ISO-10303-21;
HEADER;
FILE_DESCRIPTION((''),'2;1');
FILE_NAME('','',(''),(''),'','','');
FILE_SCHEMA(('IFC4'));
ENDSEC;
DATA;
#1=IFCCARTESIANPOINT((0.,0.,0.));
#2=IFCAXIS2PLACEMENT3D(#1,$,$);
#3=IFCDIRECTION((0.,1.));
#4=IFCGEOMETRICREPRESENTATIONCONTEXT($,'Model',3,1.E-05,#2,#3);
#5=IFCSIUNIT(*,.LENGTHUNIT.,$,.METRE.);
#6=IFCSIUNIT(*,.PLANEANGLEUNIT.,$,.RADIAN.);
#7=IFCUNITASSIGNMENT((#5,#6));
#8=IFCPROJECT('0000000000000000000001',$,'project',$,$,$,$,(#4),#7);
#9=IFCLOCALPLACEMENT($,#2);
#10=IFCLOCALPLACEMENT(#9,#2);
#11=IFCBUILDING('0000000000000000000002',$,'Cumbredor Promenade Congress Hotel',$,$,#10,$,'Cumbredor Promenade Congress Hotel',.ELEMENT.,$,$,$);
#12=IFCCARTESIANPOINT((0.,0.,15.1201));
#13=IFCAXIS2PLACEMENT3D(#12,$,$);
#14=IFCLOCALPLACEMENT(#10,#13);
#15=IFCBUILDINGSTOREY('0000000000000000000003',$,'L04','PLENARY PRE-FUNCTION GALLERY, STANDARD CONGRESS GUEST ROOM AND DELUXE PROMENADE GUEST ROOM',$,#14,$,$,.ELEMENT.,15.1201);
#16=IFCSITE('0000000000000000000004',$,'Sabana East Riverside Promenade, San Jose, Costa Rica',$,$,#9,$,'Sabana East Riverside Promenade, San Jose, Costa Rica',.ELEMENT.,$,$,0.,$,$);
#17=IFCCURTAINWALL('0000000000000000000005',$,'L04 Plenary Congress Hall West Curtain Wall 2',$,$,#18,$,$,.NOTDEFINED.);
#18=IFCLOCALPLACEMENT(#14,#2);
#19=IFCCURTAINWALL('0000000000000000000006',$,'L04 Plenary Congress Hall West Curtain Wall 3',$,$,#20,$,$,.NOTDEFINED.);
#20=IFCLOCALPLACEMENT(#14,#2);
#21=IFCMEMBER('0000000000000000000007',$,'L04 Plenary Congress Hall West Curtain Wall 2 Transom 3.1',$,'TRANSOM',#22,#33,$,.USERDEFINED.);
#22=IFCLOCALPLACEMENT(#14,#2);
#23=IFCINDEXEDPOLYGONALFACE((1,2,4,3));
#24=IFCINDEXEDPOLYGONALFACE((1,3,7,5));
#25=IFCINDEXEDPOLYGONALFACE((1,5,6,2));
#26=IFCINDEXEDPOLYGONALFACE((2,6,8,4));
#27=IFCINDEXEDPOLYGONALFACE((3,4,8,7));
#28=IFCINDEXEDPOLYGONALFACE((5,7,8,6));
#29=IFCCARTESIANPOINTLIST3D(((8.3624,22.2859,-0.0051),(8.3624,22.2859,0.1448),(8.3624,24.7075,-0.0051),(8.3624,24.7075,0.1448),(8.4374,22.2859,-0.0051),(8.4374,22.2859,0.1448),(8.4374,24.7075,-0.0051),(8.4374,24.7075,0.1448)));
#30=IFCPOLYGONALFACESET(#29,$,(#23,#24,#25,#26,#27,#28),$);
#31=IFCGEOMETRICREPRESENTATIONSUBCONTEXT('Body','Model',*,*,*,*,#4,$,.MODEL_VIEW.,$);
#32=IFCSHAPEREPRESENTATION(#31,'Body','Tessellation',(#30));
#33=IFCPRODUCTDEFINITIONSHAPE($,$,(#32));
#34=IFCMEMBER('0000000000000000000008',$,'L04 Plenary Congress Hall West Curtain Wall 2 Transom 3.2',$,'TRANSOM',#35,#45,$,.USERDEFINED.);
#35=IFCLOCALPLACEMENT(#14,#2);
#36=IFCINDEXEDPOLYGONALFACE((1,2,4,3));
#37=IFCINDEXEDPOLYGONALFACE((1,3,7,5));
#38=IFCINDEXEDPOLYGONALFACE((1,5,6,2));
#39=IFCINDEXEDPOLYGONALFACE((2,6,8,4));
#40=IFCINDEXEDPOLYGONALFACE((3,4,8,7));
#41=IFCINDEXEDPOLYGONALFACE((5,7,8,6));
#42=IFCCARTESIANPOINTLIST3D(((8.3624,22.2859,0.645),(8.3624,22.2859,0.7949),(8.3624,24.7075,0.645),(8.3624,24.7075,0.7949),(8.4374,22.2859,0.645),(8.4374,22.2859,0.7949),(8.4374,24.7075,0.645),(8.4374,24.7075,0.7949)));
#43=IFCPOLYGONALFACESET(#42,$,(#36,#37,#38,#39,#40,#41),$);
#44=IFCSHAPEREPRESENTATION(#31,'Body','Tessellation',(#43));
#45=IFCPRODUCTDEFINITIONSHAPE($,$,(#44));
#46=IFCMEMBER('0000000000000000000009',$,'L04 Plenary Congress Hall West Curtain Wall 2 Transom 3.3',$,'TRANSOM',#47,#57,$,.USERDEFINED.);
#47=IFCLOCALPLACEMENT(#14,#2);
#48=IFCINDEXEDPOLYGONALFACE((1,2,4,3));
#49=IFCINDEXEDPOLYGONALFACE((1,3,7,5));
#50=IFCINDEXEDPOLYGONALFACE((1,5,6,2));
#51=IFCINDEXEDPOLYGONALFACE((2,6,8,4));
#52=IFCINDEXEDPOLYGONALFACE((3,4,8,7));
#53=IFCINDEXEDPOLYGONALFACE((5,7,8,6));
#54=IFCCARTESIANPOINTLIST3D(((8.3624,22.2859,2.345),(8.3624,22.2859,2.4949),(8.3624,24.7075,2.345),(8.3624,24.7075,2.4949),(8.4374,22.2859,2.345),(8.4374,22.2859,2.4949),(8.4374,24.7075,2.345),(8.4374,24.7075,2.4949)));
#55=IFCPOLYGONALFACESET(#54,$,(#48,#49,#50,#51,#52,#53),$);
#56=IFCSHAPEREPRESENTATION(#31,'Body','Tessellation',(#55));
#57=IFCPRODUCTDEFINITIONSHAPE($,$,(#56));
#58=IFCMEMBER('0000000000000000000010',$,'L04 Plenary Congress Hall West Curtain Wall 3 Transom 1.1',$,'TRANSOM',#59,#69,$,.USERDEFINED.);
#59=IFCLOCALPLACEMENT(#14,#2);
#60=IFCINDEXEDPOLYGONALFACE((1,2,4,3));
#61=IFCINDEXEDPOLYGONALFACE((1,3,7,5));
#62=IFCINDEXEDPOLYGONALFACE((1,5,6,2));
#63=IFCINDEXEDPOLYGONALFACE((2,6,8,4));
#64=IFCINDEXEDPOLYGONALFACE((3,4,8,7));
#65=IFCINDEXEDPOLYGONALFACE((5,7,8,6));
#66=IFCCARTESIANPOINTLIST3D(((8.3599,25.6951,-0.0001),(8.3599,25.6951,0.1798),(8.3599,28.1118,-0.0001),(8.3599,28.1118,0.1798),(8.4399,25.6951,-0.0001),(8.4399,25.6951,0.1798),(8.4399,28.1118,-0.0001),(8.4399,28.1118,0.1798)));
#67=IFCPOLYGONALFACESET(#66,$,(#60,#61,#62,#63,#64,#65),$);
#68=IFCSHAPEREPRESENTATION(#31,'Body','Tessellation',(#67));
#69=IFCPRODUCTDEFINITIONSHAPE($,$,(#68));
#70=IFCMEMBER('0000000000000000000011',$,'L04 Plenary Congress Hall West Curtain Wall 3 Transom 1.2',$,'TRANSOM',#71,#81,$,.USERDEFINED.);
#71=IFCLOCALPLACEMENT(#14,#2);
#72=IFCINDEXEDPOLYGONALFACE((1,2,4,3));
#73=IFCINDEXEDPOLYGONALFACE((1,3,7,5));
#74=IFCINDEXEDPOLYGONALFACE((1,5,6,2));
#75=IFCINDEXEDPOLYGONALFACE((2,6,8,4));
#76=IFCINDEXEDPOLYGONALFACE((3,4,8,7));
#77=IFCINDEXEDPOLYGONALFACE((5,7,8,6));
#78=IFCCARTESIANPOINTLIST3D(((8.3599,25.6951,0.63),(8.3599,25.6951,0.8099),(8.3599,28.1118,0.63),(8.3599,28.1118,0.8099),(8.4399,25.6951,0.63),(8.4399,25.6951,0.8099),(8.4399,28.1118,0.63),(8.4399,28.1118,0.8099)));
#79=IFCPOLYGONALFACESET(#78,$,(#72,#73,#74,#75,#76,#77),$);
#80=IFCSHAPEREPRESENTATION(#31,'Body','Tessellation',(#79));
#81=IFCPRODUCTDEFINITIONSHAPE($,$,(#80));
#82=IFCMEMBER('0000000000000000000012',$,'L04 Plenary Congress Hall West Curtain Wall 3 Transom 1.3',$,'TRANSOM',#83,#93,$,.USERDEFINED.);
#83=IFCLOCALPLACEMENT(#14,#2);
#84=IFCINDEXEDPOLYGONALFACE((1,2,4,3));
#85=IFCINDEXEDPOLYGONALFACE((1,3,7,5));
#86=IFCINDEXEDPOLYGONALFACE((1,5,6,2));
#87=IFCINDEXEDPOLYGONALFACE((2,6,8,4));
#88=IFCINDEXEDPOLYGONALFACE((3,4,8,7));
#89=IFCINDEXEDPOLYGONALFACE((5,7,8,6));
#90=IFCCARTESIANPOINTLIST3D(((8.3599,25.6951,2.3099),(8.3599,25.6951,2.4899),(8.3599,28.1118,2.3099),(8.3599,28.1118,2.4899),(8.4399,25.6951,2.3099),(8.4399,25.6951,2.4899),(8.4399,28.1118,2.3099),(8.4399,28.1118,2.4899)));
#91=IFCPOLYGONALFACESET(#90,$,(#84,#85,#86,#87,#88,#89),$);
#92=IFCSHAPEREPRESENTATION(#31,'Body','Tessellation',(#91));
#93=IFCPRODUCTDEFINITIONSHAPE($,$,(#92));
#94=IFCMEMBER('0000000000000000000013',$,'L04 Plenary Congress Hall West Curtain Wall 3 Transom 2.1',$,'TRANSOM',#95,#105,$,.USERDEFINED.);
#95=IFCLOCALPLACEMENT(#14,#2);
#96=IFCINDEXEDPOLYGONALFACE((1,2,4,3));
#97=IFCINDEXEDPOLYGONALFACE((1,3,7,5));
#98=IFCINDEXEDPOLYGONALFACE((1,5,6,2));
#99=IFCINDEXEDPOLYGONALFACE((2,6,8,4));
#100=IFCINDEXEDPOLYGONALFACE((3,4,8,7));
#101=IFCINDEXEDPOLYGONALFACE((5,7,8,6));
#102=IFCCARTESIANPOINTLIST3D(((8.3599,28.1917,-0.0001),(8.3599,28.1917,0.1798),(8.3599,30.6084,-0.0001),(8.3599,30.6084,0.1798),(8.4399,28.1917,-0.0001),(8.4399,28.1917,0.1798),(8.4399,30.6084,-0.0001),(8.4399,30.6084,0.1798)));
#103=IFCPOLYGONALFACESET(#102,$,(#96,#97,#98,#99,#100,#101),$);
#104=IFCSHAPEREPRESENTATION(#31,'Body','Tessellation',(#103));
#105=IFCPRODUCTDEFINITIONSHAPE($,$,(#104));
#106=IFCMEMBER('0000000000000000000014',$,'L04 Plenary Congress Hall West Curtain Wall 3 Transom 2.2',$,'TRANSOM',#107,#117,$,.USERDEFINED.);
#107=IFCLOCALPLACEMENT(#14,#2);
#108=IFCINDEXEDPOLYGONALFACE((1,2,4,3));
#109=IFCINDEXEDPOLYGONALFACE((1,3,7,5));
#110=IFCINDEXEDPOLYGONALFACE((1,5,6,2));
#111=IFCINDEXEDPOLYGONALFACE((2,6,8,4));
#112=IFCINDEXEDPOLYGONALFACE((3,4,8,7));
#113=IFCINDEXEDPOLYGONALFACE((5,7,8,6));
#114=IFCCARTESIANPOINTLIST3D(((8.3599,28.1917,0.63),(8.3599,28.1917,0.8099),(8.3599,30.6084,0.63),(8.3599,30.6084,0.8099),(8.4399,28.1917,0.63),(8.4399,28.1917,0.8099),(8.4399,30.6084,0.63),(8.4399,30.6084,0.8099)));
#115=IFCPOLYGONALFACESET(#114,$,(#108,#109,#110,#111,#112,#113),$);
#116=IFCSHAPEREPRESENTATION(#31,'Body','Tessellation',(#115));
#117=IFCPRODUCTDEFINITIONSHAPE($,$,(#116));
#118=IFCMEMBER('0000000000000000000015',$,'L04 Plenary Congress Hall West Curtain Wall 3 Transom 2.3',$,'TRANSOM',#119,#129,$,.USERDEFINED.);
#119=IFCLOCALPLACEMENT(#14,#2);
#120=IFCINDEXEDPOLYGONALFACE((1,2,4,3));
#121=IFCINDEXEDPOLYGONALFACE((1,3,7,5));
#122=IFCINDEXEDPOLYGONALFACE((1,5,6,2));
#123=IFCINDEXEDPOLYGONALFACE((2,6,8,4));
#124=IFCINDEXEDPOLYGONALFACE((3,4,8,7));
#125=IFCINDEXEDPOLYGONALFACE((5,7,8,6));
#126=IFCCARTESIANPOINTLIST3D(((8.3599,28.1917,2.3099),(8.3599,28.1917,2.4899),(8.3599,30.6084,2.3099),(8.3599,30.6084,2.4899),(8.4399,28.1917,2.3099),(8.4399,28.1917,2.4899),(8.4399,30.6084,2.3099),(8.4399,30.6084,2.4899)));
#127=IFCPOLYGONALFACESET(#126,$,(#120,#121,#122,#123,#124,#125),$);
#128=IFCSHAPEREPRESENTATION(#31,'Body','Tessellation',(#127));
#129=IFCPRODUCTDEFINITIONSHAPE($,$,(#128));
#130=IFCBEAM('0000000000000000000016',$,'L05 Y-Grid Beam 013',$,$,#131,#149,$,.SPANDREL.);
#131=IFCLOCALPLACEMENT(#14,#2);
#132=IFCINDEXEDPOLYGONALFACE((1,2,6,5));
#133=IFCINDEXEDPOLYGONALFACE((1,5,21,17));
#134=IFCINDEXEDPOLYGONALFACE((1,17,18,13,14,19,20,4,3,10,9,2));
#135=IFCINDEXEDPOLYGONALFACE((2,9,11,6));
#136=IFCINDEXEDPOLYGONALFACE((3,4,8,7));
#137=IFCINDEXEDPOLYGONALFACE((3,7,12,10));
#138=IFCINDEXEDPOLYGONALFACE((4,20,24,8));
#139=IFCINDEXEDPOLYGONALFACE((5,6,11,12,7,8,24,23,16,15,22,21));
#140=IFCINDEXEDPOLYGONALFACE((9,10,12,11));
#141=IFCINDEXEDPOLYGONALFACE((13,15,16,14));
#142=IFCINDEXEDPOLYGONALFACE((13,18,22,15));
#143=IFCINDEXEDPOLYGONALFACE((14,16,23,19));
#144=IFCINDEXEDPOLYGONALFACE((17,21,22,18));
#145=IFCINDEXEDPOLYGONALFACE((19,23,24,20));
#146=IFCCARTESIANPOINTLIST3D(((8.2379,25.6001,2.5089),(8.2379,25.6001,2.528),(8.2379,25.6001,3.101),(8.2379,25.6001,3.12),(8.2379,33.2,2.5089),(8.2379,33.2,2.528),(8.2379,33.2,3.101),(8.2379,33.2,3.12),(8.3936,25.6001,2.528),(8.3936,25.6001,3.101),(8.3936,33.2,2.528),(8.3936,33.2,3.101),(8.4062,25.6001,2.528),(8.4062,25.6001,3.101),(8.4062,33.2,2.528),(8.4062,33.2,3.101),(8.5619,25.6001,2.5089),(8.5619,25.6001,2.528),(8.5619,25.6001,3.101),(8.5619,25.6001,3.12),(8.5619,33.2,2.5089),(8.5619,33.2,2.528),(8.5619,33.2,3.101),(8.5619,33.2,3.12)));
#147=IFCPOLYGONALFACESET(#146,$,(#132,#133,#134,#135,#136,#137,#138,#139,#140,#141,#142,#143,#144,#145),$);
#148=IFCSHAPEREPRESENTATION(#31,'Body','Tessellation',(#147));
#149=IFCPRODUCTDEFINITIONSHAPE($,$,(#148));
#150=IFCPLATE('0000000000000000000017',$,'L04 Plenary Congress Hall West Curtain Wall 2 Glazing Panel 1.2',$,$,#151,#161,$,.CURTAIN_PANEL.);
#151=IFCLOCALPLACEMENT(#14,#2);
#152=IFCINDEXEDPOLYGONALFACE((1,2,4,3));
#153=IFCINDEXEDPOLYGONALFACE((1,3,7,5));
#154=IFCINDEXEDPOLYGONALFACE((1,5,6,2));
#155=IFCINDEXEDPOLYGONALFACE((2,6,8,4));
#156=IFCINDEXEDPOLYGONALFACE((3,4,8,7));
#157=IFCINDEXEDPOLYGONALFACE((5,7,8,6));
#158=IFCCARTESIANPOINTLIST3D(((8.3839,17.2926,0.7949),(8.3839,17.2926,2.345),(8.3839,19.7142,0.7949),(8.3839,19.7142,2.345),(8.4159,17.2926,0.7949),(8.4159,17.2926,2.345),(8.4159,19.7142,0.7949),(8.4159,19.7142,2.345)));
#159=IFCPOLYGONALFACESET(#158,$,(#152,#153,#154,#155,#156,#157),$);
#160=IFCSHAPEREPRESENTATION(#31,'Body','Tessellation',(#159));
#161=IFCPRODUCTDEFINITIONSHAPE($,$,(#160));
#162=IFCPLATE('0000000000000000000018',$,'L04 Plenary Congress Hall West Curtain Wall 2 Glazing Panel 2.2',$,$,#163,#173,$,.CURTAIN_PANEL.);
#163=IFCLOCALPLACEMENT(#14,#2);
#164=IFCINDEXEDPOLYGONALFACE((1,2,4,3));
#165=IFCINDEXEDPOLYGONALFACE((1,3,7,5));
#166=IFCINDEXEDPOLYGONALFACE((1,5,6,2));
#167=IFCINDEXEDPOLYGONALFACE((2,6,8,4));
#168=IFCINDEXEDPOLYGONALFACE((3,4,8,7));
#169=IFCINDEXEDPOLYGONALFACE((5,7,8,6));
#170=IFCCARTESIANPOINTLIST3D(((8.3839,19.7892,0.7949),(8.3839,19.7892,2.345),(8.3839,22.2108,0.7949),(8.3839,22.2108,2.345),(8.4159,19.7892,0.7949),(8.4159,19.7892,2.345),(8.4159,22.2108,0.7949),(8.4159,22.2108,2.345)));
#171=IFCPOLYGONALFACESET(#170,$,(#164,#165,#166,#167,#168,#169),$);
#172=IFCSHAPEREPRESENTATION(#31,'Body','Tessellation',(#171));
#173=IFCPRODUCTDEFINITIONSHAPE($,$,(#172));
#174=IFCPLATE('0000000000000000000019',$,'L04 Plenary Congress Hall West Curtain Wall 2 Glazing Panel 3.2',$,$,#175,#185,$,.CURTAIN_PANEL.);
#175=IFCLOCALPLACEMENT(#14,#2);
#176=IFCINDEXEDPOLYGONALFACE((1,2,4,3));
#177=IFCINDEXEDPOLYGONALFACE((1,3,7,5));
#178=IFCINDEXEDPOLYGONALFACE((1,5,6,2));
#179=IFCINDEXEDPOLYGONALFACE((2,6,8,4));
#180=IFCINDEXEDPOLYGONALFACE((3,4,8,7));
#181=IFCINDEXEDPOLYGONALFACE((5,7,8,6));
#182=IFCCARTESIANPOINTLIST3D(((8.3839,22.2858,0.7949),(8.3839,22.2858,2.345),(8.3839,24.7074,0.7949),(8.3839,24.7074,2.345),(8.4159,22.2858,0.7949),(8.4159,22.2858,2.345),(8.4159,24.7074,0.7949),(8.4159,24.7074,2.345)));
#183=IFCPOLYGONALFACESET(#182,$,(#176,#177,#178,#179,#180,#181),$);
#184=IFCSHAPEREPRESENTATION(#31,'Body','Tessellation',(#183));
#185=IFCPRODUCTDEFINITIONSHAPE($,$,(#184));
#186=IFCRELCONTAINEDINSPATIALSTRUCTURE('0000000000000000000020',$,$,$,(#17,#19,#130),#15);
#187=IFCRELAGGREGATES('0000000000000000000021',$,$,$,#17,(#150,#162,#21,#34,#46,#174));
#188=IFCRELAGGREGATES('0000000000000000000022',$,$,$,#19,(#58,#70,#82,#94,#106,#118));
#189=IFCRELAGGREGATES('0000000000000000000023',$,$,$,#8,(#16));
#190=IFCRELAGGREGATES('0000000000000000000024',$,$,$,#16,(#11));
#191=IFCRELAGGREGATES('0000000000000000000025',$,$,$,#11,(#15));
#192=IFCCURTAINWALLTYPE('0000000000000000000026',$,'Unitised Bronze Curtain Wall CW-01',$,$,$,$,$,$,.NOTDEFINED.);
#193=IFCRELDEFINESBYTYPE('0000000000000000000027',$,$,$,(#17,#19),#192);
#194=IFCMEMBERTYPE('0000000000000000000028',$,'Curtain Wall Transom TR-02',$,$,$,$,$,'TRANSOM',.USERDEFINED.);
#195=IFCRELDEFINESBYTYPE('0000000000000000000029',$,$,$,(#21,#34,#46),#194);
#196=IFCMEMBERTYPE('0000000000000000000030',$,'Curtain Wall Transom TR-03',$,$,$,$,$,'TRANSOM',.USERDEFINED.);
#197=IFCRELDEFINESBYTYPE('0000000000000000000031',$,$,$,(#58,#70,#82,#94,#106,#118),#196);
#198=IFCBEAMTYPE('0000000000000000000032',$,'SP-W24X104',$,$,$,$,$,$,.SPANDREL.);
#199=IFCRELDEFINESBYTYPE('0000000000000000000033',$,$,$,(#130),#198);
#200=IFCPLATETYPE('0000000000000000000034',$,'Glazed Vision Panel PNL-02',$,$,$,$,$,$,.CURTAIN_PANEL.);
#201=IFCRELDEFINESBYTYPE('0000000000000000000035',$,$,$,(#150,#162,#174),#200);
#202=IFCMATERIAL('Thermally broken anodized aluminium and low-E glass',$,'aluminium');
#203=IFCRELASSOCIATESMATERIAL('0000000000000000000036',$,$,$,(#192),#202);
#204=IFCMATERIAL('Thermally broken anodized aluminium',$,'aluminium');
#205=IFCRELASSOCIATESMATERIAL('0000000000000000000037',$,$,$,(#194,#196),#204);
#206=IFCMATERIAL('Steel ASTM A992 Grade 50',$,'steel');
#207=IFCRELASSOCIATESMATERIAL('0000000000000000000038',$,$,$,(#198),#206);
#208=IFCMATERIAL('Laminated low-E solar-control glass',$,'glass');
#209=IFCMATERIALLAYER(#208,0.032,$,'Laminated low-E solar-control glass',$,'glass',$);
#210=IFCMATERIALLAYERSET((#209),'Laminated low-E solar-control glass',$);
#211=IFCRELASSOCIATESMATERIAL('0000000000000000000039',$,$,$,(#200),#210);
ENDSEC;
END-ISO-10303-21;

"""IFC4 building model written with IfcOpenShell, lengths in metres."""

from ifc_helpers import new_model, si_unit, direction, frame, origin, origin_2d, place, context, subcontext, project, spatial, rectangle, i_section, extrude, material, layer, layer_set, material_profile, profile_set, type_object, element, aggregate, save


model = new_model("IFC4")

# Units and contexts
model_context = context("Model", 3, precision=1e-05, world=origin(), true_north=direction((0.0, 1.0)))
body_context = subcontext(model_context, "Body", "Model", "MODEL_VIEW")
ifc_project = project(units=[si_unit("LENGTHUNIT", "METRE"), si_unit("PLANEANGLEUNIT", "RADIAN")], contexts=[model_context])

# Site, building, storey
site_placement = place(None, origin())
site = spatial("IfcSite", under=ifc_project, at=site_placement, Name="Sabana East Riverside Promenade, San Jose, Costa Rica", LongName="Sabana East Riverside Promenade, San Jose, Costa Rica", CompositionType="ELEMENT", RefElevation=0.0)
building_placement = place(site_placement, origin())
building = spatial("IfcBuilding", under=site, at=building_placement, Name="Cumbredor Promenade Congress Hotel", LongName="Cumbredor Promenade Congress Hotel", CompositionType="ELEMENT")
storey_placement = place(building_placement, frame((0.0, 0.0, 15.1201)))
storey = spatial("IfcBuildingStorey", under=building, at=storey_placement, Name="L04", Description="PLENARY PRE-FUNCTION GALLERY, STANDARD CONGRESS GUEST ROOM AND DELUXE PROMENADE GUEST ROOM", CompositionType="ELEMENT", Elevation=15.1201)

# Curtain walls
ifc_material_1 = material(Name="Thermally broken anodized aluminium and low-E glass", Category="aluminium")
curtain_wall_type = type_object("IfcCurtainWallType", Name="Unitised Bronze Curtain Wall CW-01", PredefinedType="NOTDEFINED", material=ifc_material_1)
curtain_wall_1_placement = place(storey_placement, origin())
curtain_wall_1 = element("IfcCurtainWall", 1, at=curtain_wall_1_placement, inside=storey, type_object=curtain_wall_type, Name="L04 Plenary Congress Hall West Curtain Wall 2", PredefinedType="NOTDEFINED")
ifc_material_2 = material(Name="Thermally broken anodized aluminium", Category="aluminium")
curtain_wall_2_placement = place(storey_placement, origin())
curtain_wall_2 = element("IfcCurtainWall", 2, at=curtain_wall_2_placement, inside=storey, type_object=curtain_wall_type, Name="L04 Plenary Congress Hall West Curtain Wall 3", PredefinedType="NOTDEFINED")

# Members
ifc_material_profile_1 = material_profile(ifc_material_2, rectangle(XDim=0.075, YDim=0.1499, at=origin_2d()), Name="ALU TRANSOM 75x150")
ifc_profile_set_1 = profile_set([ifc_material_profile_1], Name="Thermally broken anodized aluminium")
member_type_1 = type_object("IfcMemberType", Name="Curtain Wall Transom TR-02", ElementType="TRANSOM", PredefinedType="USERDEFINED", material=ifc_profile_set_1)
member_1_placement = place(storey_placement, frame((8.3999, 22.2859, 0.0698), z_axis=(0.0, 1.0, 0.0), x_axis=(-1.0, 0.0, 0.0)))
member_1 = element("IfcMember", 3, at=member_1_placement, type_object=member_type_1, Name="L04 Plenary Congress Hall West Curtain Wall 2 Transom 3.1", ObjectType="TRANSOM", PredefinedType="USERDEFINED", context=body_context, shape_type="SweptSolid", body=[
    extrude(rectangle(XDim=0.075, YDim=0.1499, at=origin_2d()), origin(), (0.0, 0.0, 1.0), 2.4216),
])
member_2_placement = place(storey_placement, frame((8.3999, 22.2859, 0.72), z_axis=(0.0, 1.0, 0.0), x_axis=(-1.0, 0.0, 0.0)))
member_2 = element("IfcMember", 4, at=member_2_placement, type_object=member_type_1, Name="L04 Plenary Congress Hall West Curtain Wall 2 Transom 3.2", ObjectType="TRANSOM", PredefinedType="USERDEFINED", context=body_context, shape_type="SweptSolid", body=[
    extrude(rectangle(XDim=0.075, YDim=0.1499, at=origin_2d()), origin(), (0.0, 0.0, 1.0), 2.4216),
])
member_3_placement = place(storey_placement, frame((8.3999, 22.2859, 2.4199), z_axis=(0.0, 1.0, 0.0), x_axis=(-1.0, 0.0, 0.0)))
member_3 = element("IfcMember", 5, at=member_3_placement, type_object=member_type_1, Name="L04 Plenary Congress Hall West Curtain Wall 2 Transom 3.3", ObjectType="TRANSOM", PredefinedType="USERDEFINED", context=body_context, shape_type="SweptSolid", body=[
    extrude(rectangle(XDim=0.075, YDim=0.1499, at=origin_2d()), origin(), (0.0, 0.0, 1.0), 2.4216),
])
ifc_material_profile_2 = material_profile(ifc_material_2, rectangle(XDim=0.0801, YDim=0.1799, at=origin_2d()), Name="ALU TRANSOM 80x180")
ifc_profile_set_2 = profile_set([ifc_material_profile_2], Name="Thermally broken anodized aluminium")
member_type_2 = type_object("IfcMemberType", Name="Curtain Wall Transom TR-03", ElementType="TRANSOM", PredefinedType="USERDEFINED", material=ifc_profile_set_2)
member_4_placement = place(storey_placement, frame((8.3999, 25.6951, 0.0898), z_axis=(0.0, 1.0, 0.0), x_axis=(-1.0, 0.0, 0.0)))
member_4 = element("IfcMember", 6, at=member_4_placement, type_object=member_type_2, Name="L04 Plenary Congress Hall West Curtain Wall 3 Transom 1.1", ObjectType="TRANSOM", PredefinedType="USERDEFINED", context=body_context, shape_type="SweptSolid", body=[
    extrude(rectangle(XDim=0.0801, YDim=0.1799, at=origin_2d()), origin(), (0.0, 0.0, 1.0), 2.4167),
])
member_5_placement = place(storey_placement, frame((8.3999, 25.6951, 0.72), z_axis=(0.0, 1.0, 0.0), x_axis=(-1.0, 0.0, 0.0)))
member_5 = element("IfcMember", 7, at=member_5_placement, type_object=member_type_2, Name="L04 Plenary Congress Hall West Curtain Wall 3 Transom 1.2", ObjectType="TRANSOM", PredefinedType="USERDEFINED", context=body_context, shape_type="SweptSolid", body=[
    extrude(rectangle(XDim=0.0801, YDim=0.1799, at=origin_2d()), origin(), (0.0, 0.0, 1.0), 2.4167),
])
member_6_placement = place(storey_placement, frame((8.3999, 25.6951, 2.3999), z_axis=(0.0, 1.0, 0.0), x_axis=(-1.0, 0.0, 0.0)))
member_6 = element("IfcMember", 8, at=member_6_placement, type_object=member_type_2, Name="L04 Plenary Congress Hall West Curtain Wall 3 Transom 1.3", ObjectType="TRANSOM", PredefinedType="USERDEFINED", context=body_context, shape_type="SweptSolid", body=[
    extrude(rectangle(XDim=0.0801, YDim=0.1799, at=origin_2d()), origin(), (0.0, 0.0, 1.0), 2.4167),
])
member_7_placement = place(storey_placement, frame((8.3999, 28.1917, 0.0898), z_axis=(0.0, 1.0, 0.0), x_axis=(-1.0, 0.0, 0.0)))
member_7 = element("IfcMember", 9, at=member_7_placement, type_object=member_type_2, Name="L04 Plenary Congress Hall West Curtain Wall 3 Transom 2.1", ObjectType="TRANSOM", PredefinedType="USERDEFINED", context=body_context, shape_type="SweptSolid", body=[
    extrude(rectangle(XDim=0.0801, YDim=0.1799, at=origin_2d()), origin(), (0.0, 0.0, 1.0), 2.4167),
])
member_8_placement = place(storey_placement, frame((8.3999, 28.1917, 0.72), z_axis=(0.0, 1.0, 0.0), x_axis=(-1.0, 0.0, 0.0)))
member_8 = element("IfcMember", 10, at=member_8_placement, type_object=member_type_2, Name="L04 Plenary Congress Hall West Curtain Wall 3 Transom 2.2", ObjectType="TRANSOM", PredefinedType="USERDEFINED", context=body_context, shape_type="SweptSolid", body=[
    extrude(rectangle(XDim=0.0801, YDim=0.1799, at=origin_2d()), origin(), (0.0, 0.0, 1.0), 2.4167),
])
member_9_placement = place(storey_placement, frame((8.3999, 28.1917, 2.3999), z_axis=(0.0, 1.0, 0.0), x_axis=(-1.0, 0.0, 0.0)))
member_9 = element("IfcMember", 11, at=member_9_placement, type_object=member_type_2, Name="L04 Plenary Congress Hall West Curtain Wall 3 Transom 2.3", ObjectType="TRANSOM", PredefinedType="USERDEFINED", context=body_context, shape_type="SweptSolid", body=[
    extrude(rectangle(XDim=0.0801, YDim=0.1799, at=origin_2d()), origin(), (0.0, 0.0, 1.0), 2.4167),
])

# Beam
ifc_material_3 = material(Name="Steel ASTM A992 Grade 50", Category="steel")
ifc_material_profile_3 = material_profile(ifc_material_3, i_section(OverallWidth=0.324, OverallDepth=0.6111, WebThickness=0.0127, FlangeThickness=0.019, at=origin_2d()), Name="W24X104")
ifc_profile_set_3 = profile_set([ifc_material_profile_3], Name="Steel ASTM A992 Grade 50")
beam_type_1 = type_object("IfcBeamType", Name="SP-W24X104", PredefinedType="SPANDREL", material=ifc_profile_set_3)
beam_1_placement = place(storey_placement, frame((8.3999, 25.6001, 2.8145), z_axis=(0.0, 1.0, 0.0), x_axis=(-1.0, 0.0, 0.0)))
element("IfcBeam", 12, at=beam_1_placement, inside=storey, type_object=beam_type_1, Name="L05 Y-Grid Beam 013", PredefinedType="SPANDREL", context=body_context, shape_type="SweptSolid", body=[
    extrude(i_section(OverallWidth=0.324, OverallDepth=0.6111, WebThickness=0.0127, FlangeThickness=0.019, at=origin_2d()), origin(), (0.0, 0.0, 1.0), 7.5999),
])

# Plates
ifc_material_4 = material(Name="Laminated low-E solar-control glass", Category="glass")
ifc_layer_1 = layer(ifc_material_4, 0.032, Name="Laminated low-E solar-control glass", Category="glass")
ifc_layer_set_1 = layer_set([ifc_layer_1], Name="Laminated low-E solar-control glass")
plate_type_1 = type_object("IfcPlateType", Name="Glazed Vision Panel PNL-02", PredefinedType="CURTAIN_PANEL", material=ifc_layer_set_1)
plate_1_placement = place(storey_placement, frame((8.3999, 18.5034, 0.7949), z_axis=(0.0, 0.0, 1.0), x_axis=(0.0, 1.0, 0.0)))
plate_1 = element("IfcPlate", 13, at=plate_1_placement, type_object=plate_type_1, Name="L04 Plenary Congress Hall West Curtain Wall 2 Glazing Panel 1.2", PredefinedType="CURTAIN_PANEL", context=body_context, shape_type="SweptSolid", body=[
    extrude(rectangle(XDim=2.4216, YDim=0.032, at=origin_2d()), origin(), (0.0, 0.0, 1.0), 1.55),
])
plate_2_placement = place(storey_placement, frame((8.3999, 21.0, 0.7949), z_axis=(0.0, 0.0, 1.0), x_axis=(0.0, 1.0, 0.0)))
plate_2 = element("IfcPlate", 14, at=plate_2_placement, type_object=plate_type_1, Name="L04 Plenary Congress Hall West Curtain Wall 2 Glazing Panel 2.2", PredefinedType="CURTAIN_PANEL", context=body_context, shape_type="SweptSolid", body=[
    extrude(rectangle(XDim=2.4216, YDim=0.032, at=origin_2d()), origin(), (0.0, 0.0, 1.0), 1.55),
])
plate_3_placement = place(storey_placement, frame((8.3999, 23.4966, 0.7949), z_axis=(0.0, 0.0, 1.0), x_axis=(0.0, 1.0, 0.0)))
plate_3 = element("IfcPlate", 15, at=plate_3_placement, type_object=plate_type_1, Name="L04 Plenary Congress Hall West Curtain Wall 2 Glazing Panel 3.2", PredefinedType="CURTAIN_PANEL", context=body_context, shape_type="SweptSolid", body=[
    extrude(rectangle(XDim=2.4216, YDim=0.032, at=origin_2d()), origin(), (0.0, 0.0, 1.0), 1.55),
])
aggregate(curtain_wall_1, [plate_1, plate_2, member_1, member_2, member_3, plate_3])
aggregate(curtain_wall_2, [member_4, member_5, member_6, member_7, member_8, member_9])

save(model, "model.ifc")
